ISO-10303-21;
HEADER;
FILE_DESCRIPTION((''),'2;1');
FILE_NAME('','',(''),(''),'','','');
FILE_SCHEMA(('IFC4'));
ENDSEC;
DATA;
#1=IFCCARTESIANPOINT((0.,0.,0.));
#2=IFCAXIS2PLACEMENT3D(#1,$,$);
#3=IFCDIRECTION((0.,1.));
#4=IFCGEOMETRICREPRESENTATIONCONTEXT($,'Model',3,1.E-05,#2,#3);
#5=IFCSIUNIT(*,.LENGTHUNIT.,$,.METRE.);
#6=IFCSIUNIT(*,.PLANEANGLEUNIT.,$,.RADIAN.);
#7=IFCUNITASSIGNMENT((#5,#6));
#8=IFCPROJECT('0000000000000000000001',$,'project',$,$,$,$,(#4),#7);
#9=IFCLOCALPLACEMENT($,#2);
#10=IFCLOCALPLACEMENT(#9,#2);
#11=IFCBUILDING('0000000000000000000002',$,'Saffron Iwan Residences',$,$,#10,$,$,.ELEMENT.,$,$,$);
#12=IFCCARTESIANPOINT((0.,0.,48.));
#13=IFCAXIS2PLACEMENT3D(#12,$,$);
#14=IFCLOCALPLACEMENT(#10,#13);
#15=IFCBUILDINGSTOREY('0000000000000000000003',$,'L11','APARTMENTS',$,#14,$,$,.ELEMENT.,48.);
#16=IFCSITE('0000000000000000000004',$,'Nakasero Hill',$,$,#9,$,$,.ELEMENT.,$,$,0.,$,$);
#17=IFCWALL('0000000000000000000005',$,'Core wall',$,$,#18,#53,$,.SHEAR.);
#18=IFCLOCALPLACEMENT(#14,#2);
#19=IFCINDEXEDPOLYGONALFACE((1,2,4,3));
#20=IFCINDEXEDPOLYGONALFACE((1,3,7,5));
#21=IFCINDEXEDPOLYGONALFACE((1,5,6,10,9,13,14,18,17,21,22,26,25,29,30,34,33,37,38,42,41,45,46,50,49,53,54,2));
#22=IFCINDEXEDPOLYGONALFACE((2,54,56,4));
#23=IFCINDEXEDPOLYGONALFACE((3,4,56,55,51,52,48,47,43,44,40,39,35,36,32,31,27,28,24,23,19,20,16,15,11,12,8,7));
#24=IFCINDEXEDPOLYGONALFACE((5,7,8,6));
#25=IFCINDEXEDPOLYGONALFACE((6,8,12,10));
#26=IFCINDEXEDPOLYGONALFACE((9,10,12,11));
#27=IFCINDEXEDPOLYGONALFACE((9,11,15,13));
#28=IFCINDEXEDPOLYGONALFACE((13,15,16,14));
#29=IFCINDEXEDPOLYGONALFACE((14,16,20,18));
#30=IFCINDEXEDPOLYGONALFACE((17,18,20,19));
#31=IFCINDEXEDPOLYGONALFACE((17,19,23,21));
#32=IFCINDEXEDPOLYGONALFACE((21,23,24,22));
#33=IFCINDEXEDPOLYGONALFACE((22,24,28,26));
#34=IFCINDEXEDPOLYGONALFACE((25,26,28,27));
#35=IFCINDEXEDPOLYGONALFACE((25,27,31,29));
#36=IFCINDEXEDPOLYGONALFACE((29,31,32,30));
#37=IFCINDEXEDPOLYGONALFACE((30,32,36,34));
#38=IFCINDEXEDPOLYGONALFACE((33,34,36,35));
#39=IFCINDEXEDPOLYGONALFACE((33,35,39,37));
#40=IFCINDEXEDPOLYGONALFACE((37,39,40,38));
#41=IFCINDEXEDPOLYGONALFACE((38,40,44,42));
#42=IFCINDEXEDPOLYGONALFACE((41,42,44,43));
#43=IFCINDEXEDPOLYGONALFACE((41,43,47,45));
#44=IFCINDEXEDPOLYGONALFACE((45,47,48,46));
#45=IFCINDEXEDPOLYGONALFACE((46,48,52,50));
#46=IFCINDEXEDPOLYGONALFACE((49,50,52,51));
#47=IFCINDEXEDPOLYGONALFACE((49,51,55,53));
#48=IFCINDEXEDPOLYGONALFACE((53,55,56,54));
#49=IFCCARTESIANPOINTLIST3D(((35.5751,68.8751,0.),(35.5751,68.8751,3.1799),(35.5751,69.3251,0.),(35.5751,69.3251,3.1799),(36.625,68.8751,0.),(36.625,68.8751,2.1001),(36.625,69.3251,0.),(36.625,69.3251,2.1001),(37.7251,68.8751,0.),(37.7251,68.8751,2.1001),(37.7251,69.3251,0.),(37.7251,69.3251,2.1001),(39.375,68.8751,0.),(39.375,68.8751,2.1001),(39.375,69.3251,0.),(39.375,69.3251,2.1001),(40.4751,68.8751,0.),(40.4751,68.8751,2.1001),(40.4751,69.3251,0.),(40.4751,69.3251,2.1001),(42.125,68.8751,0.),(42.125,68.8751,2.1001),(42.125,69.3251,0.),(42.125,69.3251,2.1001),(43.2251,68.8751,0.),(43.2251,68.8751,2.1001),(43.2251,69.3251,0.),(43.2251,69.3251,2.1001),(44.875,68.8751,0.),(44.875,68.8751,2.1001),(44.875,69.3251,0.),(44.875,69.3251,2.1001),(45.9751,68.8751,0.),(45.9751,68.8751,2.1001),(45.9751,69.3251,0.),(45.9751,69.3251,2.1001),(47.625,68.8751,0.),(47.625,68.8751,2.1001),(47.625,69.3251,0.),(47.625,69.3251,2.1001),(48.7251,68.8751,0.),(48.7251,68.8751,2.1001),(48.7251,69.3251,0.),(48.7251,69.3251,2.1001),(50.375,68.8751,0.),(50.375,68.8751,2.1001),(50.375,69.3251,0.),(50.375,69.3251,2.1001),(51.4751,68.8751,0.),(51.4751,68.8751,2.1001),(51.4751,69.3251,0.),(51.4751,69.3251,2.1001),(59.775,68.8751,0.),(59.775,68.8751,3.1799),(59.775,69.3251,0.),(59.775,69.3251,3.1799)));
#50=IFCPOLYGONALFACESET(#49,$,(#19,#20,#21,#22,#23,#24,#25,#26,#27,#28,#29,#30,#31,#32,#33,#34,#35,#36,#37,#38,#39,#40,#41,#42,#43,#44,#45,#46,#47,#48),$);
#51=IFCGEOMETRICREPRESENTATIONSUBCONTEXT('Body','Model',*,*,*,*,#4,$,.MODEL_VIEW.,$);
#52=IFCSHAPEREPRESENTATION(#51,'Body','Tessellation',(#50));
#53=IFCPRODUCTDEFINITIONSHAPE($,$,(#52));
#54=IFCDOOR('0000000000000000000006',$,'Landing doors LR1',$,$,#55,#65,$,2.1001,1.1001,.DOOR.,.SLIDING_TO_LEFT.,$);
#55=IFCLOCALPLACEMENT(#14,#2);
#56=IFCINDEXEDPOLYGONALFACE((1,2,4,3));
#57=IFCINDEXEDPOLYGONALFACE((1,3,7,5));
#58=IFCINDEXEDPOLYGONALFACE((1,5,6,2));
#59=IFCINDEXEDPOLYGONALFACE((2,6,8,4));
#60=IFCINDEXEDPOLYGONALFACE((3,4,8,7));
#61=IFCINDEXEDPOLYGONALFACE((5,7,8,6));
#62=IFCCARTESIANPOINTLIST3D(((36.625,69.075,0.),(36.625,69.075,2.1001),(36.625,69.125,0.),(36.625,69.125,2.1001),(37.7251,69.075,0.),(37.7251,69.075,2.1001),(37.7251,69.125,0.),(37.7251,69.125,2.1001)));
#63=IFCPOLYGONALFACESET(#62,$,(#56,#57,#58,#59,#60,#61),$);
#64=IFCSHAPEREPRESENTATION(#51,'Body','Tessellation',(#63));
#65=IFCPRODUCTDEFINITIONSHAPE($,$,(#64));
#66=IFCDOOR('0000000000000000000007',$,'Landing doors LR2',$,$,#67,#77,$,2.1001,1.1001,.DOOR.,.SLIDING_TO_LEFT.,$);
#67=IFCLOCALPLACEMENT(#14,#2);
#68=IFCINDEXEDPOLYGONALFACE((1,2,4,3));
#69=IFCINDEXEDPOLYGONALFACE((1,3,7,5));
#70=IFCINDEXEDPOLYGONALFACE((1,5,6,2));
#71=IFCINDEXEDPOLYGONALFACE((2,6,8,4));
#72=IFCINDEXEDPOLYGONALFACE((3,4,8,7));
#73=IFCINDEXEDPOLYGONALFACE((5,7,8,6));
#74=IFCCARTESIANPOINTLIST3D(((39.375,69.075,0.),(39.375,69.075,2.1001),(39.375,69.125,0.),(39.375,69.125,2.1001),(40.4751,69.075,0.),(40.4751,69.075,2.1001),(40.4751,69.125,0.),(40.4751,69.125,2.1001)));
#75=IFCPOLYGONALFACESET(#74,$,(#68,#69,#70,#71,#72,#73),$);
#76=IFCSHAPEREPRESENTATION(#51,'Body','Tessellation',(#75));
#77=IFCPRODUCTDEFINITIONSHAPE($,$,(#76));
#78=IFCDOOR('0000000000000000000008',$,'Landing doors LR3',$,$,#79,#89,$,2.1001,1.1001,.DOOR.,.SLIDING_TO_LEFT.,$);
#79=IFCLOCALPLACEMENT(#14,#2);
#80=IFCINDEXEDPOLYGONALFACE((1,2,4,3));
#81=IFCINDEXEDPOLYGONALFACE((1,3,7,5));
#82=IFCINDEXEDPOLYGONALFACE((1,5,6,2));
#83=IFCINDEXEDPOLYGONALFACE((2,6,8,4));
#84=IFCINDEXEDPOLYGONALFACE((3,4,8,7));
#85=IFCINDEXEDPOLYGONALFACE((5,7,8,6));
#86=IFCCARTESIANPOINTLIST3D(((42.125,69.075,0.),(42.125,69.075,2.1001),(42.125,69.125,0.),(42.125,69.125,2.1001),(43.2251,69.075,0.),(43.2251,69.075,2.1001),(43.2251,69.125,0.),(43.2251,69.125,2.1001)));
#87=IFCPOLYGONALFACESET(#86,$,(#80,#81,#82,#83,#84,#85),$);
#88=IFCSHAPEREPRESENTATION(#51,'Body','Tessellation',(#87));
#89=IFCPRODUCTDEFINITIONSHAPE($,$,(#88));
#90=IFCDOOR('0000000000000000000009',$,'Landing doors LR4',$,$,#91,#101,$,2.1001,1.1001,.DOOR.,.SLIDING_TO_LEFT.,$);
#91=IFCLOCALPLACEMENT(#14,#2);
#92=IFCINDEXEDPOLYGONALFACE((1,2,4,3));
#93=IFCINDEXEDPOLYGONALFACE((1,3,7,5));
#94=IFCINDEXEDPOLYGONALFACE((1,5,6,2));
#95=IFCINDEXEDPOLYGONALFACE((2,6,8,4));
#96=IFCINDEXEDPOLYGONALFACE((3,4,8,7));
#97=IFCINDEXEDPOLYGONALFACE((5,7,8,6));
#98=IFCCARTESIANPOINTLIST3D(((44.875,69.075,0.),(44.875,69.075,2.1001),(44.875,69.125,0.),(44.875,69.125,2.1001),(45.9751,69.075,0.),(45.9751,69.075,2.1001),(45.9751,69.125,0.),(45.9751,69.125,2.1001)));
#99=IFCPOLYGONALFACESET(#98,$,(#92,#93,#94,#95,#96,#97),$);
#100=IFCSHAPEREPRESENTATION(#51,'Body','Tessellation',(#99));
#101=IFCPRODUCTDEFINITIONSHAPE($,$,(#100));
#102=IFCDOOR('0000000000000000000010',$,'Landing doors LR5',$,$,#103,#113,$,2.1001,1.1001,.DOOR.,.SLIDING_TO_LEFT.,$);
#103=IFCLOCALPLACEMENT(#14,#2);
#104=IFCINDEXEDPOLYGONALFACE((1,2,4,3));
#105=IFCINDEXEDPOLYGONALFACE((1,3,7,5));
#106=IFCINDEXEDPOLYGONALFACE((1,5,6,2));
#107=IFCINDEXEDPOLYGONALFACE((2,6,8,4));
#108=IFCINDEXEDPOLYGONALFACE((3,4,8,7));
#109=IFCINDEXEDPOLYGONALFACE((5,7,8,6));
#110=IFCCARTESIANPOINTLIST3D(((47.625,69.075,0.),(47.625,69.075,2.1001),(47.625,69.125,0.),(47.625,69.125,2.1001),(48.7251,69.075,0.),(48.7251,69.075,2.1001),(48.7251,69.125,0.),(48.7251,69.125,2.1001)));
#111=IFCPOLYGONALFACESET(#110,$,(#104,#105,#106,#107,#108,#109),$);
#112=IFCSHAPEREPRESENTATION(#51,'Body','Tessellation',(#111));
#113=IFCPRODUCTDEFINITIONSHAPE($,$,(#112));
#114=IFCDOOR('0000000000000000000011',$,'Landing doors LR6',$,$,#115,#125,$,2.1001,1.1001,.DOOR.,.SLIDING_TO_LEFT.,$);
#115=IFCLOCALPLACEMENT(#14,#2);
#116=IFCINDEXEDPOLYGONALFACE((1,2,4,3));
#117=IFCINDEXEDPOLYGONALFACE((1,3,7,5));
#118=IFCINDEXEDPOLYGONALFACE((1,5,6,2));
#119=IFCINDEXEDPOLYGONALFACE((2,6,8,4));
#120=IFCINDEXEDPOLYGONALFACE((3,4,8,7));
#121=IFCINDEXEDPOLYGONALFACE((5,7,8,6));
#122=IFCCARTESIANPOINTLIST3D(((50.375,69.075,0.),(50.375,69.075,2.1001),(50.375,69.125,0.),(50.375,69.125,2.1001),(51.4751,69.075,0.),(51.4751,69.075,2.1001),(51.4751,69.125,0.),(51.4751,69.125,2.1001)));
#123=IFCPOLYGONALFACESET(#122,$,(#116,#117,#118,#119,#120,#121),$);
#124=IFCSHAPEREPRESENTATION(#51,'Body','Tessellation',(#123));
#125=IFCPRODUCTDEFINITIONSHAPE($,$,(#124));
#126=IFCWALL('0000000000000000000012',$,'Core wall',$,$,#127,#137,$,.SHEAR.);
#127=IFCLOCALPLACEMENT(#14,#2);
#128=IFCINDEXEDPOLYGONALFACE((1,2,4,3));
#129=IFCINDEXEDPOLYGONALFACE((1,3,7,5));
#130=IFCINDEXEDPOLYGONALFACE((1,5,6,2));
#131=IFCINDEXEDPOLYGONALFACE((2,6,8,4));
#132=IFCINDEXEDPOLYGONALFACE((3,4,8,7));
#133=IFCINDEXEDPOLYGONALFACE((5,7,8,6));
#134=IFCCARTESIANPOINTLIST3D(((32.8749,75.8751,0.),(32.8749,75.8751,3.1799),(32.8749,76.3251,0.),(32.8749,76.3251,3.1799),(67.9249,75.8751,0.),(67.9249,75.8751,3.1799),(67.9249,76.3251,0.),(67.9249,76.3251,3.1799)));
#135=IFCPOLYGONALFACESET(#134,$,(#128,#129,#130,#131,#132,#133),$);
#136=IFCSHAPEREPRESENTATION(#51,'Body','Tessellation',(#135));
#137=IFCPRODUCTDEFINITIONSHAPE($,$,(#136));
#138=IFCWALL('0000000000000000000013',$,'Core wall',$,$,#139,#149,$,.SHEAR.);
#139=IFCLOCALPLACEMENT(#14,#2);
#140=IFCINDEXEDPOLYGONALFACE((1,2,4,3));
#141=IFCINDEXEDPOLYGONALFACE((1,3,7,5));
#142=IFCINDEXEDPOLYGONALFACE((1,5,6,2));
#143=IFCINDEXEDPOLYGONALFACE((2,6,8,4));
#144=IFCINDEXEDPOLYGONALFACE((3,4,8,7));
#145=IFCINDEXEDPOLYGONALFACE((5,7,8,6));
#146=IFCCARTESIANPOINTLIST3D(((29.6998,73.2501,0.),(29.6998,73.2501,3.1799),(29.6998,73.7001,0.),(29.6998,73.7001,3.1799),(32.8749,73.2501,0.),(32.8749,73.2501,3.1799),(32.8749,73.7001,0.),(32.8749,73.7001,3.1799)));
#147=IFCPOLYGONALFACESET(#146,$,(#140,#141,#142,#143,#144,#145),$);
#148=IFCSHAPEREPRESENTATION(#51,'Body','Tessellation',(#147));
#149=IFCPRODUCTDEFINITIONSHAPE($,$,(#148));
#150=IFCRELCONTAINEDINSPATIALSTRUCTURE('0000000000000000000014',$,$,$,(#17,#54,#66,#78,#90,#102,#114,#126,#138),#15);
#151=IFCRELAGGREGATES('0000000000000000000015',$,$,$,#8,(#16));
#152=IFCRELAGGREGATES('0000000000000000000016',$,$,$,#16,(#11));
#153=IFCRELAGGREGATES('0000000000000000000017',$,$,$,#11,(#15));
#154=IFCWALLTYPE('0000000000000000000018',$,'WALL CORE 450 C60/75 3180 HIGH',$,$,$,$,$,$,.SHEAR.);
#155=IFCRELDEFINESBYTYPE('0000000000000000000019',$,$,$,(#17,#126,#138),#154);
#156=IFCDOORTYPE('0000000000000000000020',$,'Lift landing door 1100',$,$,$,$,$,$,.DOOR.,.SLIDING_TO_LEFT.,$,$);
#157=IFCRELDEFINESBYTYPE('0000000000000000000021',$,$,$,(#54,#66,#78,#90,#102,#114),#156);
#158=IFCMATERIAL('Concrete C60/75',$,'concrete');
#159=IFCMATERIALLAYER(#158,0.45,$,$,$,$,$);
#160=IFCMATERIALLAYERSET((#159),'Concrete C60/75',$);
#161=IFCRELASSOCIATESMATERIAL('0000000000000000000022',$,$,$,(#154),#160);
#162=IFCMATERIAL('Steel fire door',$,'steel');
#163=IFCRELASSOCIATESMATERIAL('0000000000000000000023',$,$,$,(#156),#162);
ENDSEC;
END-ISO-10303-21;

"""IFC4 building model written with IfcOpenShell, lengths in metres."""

from ifc_helpers import new_model, si_unit, direction, frame, frame_2d, origin, place, context, subcontext, project, spatial, rectangle, extrude, material, layer, layer_set, type_object, element, fill, save


model = new_model("IFC4")

# Units and contexts
model_context = context("Model", 3, precision=1e-05, world=origin(), true_north=direction((0.0, 1.0)))
body_context = subcontext(model_context, "Body", "Model", "MODEL_VIEW")
ifc_project = project(units=[si_unit("LENGTHUNIT", "METRE"), si_unit("PLANEANGLEUNIT", "RADIAN")], contexts=[model_context])

# Site, building, storey
site_placement = place(None, origin())
site = spatial("IfcSite", under=ifc_project, at=site_placement, Name="Nakasero Hill", CompositionType="ELEMENT", RefElevation=0.0)
building_placement = place(site_placement, origin())
building = spatial("IfcBuilding", under=site, at=building_placement, Name="Saffron Iwan Residences", CompositionType="ELEMENT")
storey_placement = place(building_placement, frame((0.0, 0.0, 48.0)))
storey = spatial("IfcBuildingStorey", under=building, at=storey_placement, Name="L11", Description="APARTMENTS", CompositionType="ELEMENT", Elevation=48.0)

# Wall, openings, doors
ifc_material_1 = material(Name="Concrete C60/75", Category="concrete")
ifc_layer_1 = layer(ifc_material_1, 0.45)
ifc_layer_set_1 = layer_set([ifc_layer_1], Name="Concrete C60/75")
wall_type = type_object("IfcWallType", Name="WALL CORE 450 C60/75 3180 HIGH", PredefinedType="SHEAR", material=ifc_layer_set_1)
wall_1_placement = place(storey_placement, frame((35.575, 69.1001, 0.0), z_axis=(0.0, 0.0, 1.0), x_axis=(1.0, 0.0, 0.0)))
wall_1 = element("IfcWall", 1, at=wall_1_placement, inside=storey, type_object=wall_type, Name="Core wall", PredefinedType="SHEAR", context=body_context, shape_type="SweptSolid", body=[
    extrude(rectangle(XDim=24.2, YDim=0.45, at=frame_2d((12.1001, 0.0))), origin(), (0.0, 0.0, 1.0), 3.1799),
])
opening_1_placement = place(wall_1_placement, frame((1.05, 0.0, 0.0)))
opening_1 = element("IfcOpeningElement", 2, at=opening_1_placement, cuts=wall_1, PredefinedType="OPENING", context=body_context, shape_type="SweptSolid", body=[
    extrude(rectangle(XDim=1.1001, YDim=2.1001, at=frame_2d((0.55, 1.05))), frame((0.0, 0.2349, 0.0), z_axis=(0.0, -1.0, 0.0), x_axis=(1.0, 0.0, 0.0)), (0.0, 0.0, 1.0), 0.47),
])
opening_2_placement = place(wall_1_placement, frame((3.8, 0.0, 0.0)))
opening_2 = element("IfcOpeningElement", 3, at=opening_2_placement, cuts=wall_1, PredefinedType="OPENING", context=body_context, shape_type="SweptSolid", body=[
    extrude(rectangle(XDim=1.1001, YDim=2.1001, at=frame_2d((0.55, 1.05))), frame((0.0, 0.2349, 0.0), z_axis=(0.0, -1.0, 0.0), x_axis=(1.0, 0.0, 0.0)), (0.0, 0.0, 1.0), 0.47),
])
opening_3_placement = place(wall_1_placement, frame((6.55, 0.0, 0.0)))
opening_3 = element("IfcOpeningElement", 4, at=opening_3_placement, cuts=wall_1, PredefinedType="OPENING", context=body_context, shape_type="SweptSolid", body=[
    extrude(rectangle(XDim=1.1001, YDim=2.1001, at=frame_2d((0.55, 1.05))), frame((0.0, 0.2349, 0.0), z_axis=(0.0, -1.0, 0.0), x_axis=(1.0, 0.0, 0.0)), (0.0, 0.0, 1.0), 0.47),
])
opening_4_placement = place(wall_1_placement, frame((9.3, 0.0, 0.0)))
opening_4 = element("IfcOpeningElement", 5, at=opening_4_placement, cuts=wall_1, PredefinedType="OPENING", context=body_context, shape_type="SweptSolid", body=[
    extrude(rectangle(XDim=1.1001, YDim=2.1001, at=frame_2d((0.55, 1.05))), frame((0.0, 0.2349, 0.0), z_axis=(0.0, -1.0, 0.0), x_axis=(1.0, 0.0, 0.0)), (0.0, 0.0, 1.0), 0.47),
])
opening_5_placement = place(wall_1_placement, frame((12.05, 0.0, 0.0)))
opening_5 = element("IfcOpeningElement", 6, at=opening_5_placement, cuts=wall_1, PredefinedType="OPENING", context=body_context, shape_type="SweptSolid", body=[
    extrude(rectangle(XDim=1.1001, YDim=2.1001, at=frame_2d((0.55, 1.05))), frame((0.0, 0.2349, 0.0), z_axis=(0.0, -1.0, 0.0), x_axis=(1.0, 0.0, 0.0)), (0.0, 0.0, 1.0), 0.47),
])
opening_6_placement = place(wall_1_placement, frame((14.8, 0.0, 0.0)))
opening_6 = element("IfcOpeningElement", 7, at=opening_6_placement, cuts=wall_1, PredefinedType="OPENING", context=body_context, shape_type="SweptSolid", body=[
    extrude(rectangle(XDim=1.1001, YDim=2.1001, at=frame_2d((0.55, 1.05))), frame((0.0, 0.2349, 0.0), z_axis=(0.0, -1.0, 0.0), x_axis=(1.0, 0.0, 0.0)), (0.0, 0.0, 1.0), 0.47),
])
ifc_material_2 = material(Name="Steel fire door", Category="steel")
door_type_1 = type_object("IfcDoorType", Name="Lift landing door 1100", OperationType="SLIDING_TO_LEFT", PredefinedType="DOOR", material=ifc_material_2)
door_1_placement = place(opening_1_placement, origin())
door_1 = element("IfcDoor", 8, at=door_1_placement, inside=storey, type_object=door_type_1, Name="Landing doors LR1", OperationType="SLIDING_TO_LEFT", OverallHeight=2.1001, OverallWidth=1.1001, PredefinedType="DOOR", context=body_context, shape_type="SweptSolid", body=[
    extrude(rectangle(XDim=1.1001, YDim=2.1001, at=frame_2d((0.55, 1.05))), frame((0.0, 0.0249, 0.0), z_axis=(0.0, -1.0, 0.0), x_axis=(1.0, 0.0, 0.0)), (0.0, 0.0, 1.0), 0.05),
])
fill(opening_1, door_1)
door_2_placement = place(opening_2_placement, origin())
door_2 = element("IfcDoor", 9, at=door_2_placement, inside=storey, type_object=door_type_1, Name="Landing doors LR2", OperationType="SLIDING_TO_LEFT", OverallHeight=2.1001, OverallWidth=1.1001, PredefinedType="DOOR", context=body_context, shape_type="SweptSolid", body=[
    extrude(rectangle(XDim=1.1001, YDim=2.1001, at=frame_2d((0.55, 1.05))), frame((0.0, 0.0249, 0.0), z_axis=(0.0, -1.0, 0.0), x_axis=(1.0, 0.0, 0.0)), (0.0, 0.0, 1.0), 0.05),
])
fill(opening_2, door_2)
door_3_placement = place(opening_3_placement, origin())
door_3 = element("IfcDoor", 10, at=door_3_placement, inside=storey, type_object=door_type_1, Name="Landing doors LR3", OperationType="SLIDING_TO_LEFT", OverallHeight=2.1001, OverallWidth=1.1001, PredefinedType="DOOR", context=body_context, shape_type="SweptSolid", body=[
    extrude(rectangle(XDim=1.1001, YDim=2.1001, at=frame_2d((0.55, 1.05))), frame((0.0, 0.0249, 0.0), z_axis=(0.0, -1.0, 0.0), x_axis=(1.0, 0.0, 0.0)), (0.0, 0.0, 1.0), 0.05),
])
fill(opening_3, door_3)
door_4_placement = place(opening_4_placement, origin())
door_4 = element("IfcDoor", 11, at=door_4_placement, inside=storey, type_object=door_type_1, Name="Landing doors LR4", OperationType="SLIDING_TO_LEFT", OverallHeight=2.1001, OverallWidth=1.1001, PredefinedType="DOOR", context=body_context, shape_type="SweptSolid", body=[
    extrude(rectangle(XDim=1.1001, YDim=2.1001, at=frame_2d((0.55, 1.05))), frame((0.0, 0.0249, 0.0), z_axis=(0.0, -1.0, 0.0), x_axis=(1.0, 0.0, 0.0)), (0.0, 0.0, 1.0), 0.05),
])
fill(opening_4, door_4)
door_5_placement = place(opening_5_placement, origin())
door_5 = element("IfcDoor", 12, at=door_5_placement, inside=storey, type_object=door_type_1, Name="Landing doors LR5", OperationType="SLIDING_TO_LEFT", OverallHeight=2.1001, OverallWidth=1.1001, PredefinedType="DOOR", context=body_context, shape_type="SweptSolid", body=[
    extrude(rectangle(XDim=1.1001, YDim=2.1001, at=frame_2d((0.55, 1.05))), frame((0.0, 0.0249, 0.0), z_axis=(0.0, -1.0, 0.0), x_axis=(1.0, 0.0, 0.0)), (0.0, 0.0, 1.0), 0.05),
])
fill(opening_5, door_5)
door_6_placement = place(opening_6_placement, origin())
door_6 = element("IfcDoor", 13, at=door_6_placement, inside=storey, type_object=door_type_1, Name="Landing doors LR6", OperationType="SLIDING_TO_LEFT", OverallHeight=2.1001, OverallWidth=1.1001, PredefinedType="DOOR", context=body_context, shape_type="SweptSolid", body=[
    extrude(rectangle(XDim=1.1001, YDim=2.1001, at=frame_2d((0.55, 1.05))), frame((0.0, 0.0249, 0.0), z_axis=(0.0, -1.0, 0.0), x_axis=(1.0, 0.0, 0.0)), (0.0, 0.0, 1.0), 0.05),
])
fill(opening_6, door_6)

# Walls
wall_2_placement = place(storey_placement, frame((32.875, 76.1001, 0.0), z_axis=(0.0, 0.0, 1.0), x_axis=(1.0, 0.0, 0.0)))
element("IfcWall", 14, at=wall_2_placement, inside=storey, type_object=wall_type, Name="Core wall", PredefinedType="SHEAR", context=body_context, shape_type="SweptSolid", body=[
    extrude(rectangle(XDim=35.05, YDim=0.45, at=frame_2d((17.5249, 0.0))), origin(), (0.0, 0.0, 1.0), 3.1799),
])
wall_3_placement = place(storey_placement, frame((29.7, 73.4751, 0.0), z_axis=(0.0, 0.0, 1.0), x_axis=(1.0, 0.0, 0.0)))
element("IfcWall", 15, at=wall_3_placement, inside=storey, type_object=wall_type, Name="Core wall", PredefinedType="SHEAR", context=body_context, shape_type="SweptSolid", body=[
    extrude(rectangle(XDim=3.175, YDim=0.45, at=frame_2d((1.5874, 0.0))), origin(), (0.0, 0.0, 1.0), 3.1799),
])

save(model, "model.ifc")
